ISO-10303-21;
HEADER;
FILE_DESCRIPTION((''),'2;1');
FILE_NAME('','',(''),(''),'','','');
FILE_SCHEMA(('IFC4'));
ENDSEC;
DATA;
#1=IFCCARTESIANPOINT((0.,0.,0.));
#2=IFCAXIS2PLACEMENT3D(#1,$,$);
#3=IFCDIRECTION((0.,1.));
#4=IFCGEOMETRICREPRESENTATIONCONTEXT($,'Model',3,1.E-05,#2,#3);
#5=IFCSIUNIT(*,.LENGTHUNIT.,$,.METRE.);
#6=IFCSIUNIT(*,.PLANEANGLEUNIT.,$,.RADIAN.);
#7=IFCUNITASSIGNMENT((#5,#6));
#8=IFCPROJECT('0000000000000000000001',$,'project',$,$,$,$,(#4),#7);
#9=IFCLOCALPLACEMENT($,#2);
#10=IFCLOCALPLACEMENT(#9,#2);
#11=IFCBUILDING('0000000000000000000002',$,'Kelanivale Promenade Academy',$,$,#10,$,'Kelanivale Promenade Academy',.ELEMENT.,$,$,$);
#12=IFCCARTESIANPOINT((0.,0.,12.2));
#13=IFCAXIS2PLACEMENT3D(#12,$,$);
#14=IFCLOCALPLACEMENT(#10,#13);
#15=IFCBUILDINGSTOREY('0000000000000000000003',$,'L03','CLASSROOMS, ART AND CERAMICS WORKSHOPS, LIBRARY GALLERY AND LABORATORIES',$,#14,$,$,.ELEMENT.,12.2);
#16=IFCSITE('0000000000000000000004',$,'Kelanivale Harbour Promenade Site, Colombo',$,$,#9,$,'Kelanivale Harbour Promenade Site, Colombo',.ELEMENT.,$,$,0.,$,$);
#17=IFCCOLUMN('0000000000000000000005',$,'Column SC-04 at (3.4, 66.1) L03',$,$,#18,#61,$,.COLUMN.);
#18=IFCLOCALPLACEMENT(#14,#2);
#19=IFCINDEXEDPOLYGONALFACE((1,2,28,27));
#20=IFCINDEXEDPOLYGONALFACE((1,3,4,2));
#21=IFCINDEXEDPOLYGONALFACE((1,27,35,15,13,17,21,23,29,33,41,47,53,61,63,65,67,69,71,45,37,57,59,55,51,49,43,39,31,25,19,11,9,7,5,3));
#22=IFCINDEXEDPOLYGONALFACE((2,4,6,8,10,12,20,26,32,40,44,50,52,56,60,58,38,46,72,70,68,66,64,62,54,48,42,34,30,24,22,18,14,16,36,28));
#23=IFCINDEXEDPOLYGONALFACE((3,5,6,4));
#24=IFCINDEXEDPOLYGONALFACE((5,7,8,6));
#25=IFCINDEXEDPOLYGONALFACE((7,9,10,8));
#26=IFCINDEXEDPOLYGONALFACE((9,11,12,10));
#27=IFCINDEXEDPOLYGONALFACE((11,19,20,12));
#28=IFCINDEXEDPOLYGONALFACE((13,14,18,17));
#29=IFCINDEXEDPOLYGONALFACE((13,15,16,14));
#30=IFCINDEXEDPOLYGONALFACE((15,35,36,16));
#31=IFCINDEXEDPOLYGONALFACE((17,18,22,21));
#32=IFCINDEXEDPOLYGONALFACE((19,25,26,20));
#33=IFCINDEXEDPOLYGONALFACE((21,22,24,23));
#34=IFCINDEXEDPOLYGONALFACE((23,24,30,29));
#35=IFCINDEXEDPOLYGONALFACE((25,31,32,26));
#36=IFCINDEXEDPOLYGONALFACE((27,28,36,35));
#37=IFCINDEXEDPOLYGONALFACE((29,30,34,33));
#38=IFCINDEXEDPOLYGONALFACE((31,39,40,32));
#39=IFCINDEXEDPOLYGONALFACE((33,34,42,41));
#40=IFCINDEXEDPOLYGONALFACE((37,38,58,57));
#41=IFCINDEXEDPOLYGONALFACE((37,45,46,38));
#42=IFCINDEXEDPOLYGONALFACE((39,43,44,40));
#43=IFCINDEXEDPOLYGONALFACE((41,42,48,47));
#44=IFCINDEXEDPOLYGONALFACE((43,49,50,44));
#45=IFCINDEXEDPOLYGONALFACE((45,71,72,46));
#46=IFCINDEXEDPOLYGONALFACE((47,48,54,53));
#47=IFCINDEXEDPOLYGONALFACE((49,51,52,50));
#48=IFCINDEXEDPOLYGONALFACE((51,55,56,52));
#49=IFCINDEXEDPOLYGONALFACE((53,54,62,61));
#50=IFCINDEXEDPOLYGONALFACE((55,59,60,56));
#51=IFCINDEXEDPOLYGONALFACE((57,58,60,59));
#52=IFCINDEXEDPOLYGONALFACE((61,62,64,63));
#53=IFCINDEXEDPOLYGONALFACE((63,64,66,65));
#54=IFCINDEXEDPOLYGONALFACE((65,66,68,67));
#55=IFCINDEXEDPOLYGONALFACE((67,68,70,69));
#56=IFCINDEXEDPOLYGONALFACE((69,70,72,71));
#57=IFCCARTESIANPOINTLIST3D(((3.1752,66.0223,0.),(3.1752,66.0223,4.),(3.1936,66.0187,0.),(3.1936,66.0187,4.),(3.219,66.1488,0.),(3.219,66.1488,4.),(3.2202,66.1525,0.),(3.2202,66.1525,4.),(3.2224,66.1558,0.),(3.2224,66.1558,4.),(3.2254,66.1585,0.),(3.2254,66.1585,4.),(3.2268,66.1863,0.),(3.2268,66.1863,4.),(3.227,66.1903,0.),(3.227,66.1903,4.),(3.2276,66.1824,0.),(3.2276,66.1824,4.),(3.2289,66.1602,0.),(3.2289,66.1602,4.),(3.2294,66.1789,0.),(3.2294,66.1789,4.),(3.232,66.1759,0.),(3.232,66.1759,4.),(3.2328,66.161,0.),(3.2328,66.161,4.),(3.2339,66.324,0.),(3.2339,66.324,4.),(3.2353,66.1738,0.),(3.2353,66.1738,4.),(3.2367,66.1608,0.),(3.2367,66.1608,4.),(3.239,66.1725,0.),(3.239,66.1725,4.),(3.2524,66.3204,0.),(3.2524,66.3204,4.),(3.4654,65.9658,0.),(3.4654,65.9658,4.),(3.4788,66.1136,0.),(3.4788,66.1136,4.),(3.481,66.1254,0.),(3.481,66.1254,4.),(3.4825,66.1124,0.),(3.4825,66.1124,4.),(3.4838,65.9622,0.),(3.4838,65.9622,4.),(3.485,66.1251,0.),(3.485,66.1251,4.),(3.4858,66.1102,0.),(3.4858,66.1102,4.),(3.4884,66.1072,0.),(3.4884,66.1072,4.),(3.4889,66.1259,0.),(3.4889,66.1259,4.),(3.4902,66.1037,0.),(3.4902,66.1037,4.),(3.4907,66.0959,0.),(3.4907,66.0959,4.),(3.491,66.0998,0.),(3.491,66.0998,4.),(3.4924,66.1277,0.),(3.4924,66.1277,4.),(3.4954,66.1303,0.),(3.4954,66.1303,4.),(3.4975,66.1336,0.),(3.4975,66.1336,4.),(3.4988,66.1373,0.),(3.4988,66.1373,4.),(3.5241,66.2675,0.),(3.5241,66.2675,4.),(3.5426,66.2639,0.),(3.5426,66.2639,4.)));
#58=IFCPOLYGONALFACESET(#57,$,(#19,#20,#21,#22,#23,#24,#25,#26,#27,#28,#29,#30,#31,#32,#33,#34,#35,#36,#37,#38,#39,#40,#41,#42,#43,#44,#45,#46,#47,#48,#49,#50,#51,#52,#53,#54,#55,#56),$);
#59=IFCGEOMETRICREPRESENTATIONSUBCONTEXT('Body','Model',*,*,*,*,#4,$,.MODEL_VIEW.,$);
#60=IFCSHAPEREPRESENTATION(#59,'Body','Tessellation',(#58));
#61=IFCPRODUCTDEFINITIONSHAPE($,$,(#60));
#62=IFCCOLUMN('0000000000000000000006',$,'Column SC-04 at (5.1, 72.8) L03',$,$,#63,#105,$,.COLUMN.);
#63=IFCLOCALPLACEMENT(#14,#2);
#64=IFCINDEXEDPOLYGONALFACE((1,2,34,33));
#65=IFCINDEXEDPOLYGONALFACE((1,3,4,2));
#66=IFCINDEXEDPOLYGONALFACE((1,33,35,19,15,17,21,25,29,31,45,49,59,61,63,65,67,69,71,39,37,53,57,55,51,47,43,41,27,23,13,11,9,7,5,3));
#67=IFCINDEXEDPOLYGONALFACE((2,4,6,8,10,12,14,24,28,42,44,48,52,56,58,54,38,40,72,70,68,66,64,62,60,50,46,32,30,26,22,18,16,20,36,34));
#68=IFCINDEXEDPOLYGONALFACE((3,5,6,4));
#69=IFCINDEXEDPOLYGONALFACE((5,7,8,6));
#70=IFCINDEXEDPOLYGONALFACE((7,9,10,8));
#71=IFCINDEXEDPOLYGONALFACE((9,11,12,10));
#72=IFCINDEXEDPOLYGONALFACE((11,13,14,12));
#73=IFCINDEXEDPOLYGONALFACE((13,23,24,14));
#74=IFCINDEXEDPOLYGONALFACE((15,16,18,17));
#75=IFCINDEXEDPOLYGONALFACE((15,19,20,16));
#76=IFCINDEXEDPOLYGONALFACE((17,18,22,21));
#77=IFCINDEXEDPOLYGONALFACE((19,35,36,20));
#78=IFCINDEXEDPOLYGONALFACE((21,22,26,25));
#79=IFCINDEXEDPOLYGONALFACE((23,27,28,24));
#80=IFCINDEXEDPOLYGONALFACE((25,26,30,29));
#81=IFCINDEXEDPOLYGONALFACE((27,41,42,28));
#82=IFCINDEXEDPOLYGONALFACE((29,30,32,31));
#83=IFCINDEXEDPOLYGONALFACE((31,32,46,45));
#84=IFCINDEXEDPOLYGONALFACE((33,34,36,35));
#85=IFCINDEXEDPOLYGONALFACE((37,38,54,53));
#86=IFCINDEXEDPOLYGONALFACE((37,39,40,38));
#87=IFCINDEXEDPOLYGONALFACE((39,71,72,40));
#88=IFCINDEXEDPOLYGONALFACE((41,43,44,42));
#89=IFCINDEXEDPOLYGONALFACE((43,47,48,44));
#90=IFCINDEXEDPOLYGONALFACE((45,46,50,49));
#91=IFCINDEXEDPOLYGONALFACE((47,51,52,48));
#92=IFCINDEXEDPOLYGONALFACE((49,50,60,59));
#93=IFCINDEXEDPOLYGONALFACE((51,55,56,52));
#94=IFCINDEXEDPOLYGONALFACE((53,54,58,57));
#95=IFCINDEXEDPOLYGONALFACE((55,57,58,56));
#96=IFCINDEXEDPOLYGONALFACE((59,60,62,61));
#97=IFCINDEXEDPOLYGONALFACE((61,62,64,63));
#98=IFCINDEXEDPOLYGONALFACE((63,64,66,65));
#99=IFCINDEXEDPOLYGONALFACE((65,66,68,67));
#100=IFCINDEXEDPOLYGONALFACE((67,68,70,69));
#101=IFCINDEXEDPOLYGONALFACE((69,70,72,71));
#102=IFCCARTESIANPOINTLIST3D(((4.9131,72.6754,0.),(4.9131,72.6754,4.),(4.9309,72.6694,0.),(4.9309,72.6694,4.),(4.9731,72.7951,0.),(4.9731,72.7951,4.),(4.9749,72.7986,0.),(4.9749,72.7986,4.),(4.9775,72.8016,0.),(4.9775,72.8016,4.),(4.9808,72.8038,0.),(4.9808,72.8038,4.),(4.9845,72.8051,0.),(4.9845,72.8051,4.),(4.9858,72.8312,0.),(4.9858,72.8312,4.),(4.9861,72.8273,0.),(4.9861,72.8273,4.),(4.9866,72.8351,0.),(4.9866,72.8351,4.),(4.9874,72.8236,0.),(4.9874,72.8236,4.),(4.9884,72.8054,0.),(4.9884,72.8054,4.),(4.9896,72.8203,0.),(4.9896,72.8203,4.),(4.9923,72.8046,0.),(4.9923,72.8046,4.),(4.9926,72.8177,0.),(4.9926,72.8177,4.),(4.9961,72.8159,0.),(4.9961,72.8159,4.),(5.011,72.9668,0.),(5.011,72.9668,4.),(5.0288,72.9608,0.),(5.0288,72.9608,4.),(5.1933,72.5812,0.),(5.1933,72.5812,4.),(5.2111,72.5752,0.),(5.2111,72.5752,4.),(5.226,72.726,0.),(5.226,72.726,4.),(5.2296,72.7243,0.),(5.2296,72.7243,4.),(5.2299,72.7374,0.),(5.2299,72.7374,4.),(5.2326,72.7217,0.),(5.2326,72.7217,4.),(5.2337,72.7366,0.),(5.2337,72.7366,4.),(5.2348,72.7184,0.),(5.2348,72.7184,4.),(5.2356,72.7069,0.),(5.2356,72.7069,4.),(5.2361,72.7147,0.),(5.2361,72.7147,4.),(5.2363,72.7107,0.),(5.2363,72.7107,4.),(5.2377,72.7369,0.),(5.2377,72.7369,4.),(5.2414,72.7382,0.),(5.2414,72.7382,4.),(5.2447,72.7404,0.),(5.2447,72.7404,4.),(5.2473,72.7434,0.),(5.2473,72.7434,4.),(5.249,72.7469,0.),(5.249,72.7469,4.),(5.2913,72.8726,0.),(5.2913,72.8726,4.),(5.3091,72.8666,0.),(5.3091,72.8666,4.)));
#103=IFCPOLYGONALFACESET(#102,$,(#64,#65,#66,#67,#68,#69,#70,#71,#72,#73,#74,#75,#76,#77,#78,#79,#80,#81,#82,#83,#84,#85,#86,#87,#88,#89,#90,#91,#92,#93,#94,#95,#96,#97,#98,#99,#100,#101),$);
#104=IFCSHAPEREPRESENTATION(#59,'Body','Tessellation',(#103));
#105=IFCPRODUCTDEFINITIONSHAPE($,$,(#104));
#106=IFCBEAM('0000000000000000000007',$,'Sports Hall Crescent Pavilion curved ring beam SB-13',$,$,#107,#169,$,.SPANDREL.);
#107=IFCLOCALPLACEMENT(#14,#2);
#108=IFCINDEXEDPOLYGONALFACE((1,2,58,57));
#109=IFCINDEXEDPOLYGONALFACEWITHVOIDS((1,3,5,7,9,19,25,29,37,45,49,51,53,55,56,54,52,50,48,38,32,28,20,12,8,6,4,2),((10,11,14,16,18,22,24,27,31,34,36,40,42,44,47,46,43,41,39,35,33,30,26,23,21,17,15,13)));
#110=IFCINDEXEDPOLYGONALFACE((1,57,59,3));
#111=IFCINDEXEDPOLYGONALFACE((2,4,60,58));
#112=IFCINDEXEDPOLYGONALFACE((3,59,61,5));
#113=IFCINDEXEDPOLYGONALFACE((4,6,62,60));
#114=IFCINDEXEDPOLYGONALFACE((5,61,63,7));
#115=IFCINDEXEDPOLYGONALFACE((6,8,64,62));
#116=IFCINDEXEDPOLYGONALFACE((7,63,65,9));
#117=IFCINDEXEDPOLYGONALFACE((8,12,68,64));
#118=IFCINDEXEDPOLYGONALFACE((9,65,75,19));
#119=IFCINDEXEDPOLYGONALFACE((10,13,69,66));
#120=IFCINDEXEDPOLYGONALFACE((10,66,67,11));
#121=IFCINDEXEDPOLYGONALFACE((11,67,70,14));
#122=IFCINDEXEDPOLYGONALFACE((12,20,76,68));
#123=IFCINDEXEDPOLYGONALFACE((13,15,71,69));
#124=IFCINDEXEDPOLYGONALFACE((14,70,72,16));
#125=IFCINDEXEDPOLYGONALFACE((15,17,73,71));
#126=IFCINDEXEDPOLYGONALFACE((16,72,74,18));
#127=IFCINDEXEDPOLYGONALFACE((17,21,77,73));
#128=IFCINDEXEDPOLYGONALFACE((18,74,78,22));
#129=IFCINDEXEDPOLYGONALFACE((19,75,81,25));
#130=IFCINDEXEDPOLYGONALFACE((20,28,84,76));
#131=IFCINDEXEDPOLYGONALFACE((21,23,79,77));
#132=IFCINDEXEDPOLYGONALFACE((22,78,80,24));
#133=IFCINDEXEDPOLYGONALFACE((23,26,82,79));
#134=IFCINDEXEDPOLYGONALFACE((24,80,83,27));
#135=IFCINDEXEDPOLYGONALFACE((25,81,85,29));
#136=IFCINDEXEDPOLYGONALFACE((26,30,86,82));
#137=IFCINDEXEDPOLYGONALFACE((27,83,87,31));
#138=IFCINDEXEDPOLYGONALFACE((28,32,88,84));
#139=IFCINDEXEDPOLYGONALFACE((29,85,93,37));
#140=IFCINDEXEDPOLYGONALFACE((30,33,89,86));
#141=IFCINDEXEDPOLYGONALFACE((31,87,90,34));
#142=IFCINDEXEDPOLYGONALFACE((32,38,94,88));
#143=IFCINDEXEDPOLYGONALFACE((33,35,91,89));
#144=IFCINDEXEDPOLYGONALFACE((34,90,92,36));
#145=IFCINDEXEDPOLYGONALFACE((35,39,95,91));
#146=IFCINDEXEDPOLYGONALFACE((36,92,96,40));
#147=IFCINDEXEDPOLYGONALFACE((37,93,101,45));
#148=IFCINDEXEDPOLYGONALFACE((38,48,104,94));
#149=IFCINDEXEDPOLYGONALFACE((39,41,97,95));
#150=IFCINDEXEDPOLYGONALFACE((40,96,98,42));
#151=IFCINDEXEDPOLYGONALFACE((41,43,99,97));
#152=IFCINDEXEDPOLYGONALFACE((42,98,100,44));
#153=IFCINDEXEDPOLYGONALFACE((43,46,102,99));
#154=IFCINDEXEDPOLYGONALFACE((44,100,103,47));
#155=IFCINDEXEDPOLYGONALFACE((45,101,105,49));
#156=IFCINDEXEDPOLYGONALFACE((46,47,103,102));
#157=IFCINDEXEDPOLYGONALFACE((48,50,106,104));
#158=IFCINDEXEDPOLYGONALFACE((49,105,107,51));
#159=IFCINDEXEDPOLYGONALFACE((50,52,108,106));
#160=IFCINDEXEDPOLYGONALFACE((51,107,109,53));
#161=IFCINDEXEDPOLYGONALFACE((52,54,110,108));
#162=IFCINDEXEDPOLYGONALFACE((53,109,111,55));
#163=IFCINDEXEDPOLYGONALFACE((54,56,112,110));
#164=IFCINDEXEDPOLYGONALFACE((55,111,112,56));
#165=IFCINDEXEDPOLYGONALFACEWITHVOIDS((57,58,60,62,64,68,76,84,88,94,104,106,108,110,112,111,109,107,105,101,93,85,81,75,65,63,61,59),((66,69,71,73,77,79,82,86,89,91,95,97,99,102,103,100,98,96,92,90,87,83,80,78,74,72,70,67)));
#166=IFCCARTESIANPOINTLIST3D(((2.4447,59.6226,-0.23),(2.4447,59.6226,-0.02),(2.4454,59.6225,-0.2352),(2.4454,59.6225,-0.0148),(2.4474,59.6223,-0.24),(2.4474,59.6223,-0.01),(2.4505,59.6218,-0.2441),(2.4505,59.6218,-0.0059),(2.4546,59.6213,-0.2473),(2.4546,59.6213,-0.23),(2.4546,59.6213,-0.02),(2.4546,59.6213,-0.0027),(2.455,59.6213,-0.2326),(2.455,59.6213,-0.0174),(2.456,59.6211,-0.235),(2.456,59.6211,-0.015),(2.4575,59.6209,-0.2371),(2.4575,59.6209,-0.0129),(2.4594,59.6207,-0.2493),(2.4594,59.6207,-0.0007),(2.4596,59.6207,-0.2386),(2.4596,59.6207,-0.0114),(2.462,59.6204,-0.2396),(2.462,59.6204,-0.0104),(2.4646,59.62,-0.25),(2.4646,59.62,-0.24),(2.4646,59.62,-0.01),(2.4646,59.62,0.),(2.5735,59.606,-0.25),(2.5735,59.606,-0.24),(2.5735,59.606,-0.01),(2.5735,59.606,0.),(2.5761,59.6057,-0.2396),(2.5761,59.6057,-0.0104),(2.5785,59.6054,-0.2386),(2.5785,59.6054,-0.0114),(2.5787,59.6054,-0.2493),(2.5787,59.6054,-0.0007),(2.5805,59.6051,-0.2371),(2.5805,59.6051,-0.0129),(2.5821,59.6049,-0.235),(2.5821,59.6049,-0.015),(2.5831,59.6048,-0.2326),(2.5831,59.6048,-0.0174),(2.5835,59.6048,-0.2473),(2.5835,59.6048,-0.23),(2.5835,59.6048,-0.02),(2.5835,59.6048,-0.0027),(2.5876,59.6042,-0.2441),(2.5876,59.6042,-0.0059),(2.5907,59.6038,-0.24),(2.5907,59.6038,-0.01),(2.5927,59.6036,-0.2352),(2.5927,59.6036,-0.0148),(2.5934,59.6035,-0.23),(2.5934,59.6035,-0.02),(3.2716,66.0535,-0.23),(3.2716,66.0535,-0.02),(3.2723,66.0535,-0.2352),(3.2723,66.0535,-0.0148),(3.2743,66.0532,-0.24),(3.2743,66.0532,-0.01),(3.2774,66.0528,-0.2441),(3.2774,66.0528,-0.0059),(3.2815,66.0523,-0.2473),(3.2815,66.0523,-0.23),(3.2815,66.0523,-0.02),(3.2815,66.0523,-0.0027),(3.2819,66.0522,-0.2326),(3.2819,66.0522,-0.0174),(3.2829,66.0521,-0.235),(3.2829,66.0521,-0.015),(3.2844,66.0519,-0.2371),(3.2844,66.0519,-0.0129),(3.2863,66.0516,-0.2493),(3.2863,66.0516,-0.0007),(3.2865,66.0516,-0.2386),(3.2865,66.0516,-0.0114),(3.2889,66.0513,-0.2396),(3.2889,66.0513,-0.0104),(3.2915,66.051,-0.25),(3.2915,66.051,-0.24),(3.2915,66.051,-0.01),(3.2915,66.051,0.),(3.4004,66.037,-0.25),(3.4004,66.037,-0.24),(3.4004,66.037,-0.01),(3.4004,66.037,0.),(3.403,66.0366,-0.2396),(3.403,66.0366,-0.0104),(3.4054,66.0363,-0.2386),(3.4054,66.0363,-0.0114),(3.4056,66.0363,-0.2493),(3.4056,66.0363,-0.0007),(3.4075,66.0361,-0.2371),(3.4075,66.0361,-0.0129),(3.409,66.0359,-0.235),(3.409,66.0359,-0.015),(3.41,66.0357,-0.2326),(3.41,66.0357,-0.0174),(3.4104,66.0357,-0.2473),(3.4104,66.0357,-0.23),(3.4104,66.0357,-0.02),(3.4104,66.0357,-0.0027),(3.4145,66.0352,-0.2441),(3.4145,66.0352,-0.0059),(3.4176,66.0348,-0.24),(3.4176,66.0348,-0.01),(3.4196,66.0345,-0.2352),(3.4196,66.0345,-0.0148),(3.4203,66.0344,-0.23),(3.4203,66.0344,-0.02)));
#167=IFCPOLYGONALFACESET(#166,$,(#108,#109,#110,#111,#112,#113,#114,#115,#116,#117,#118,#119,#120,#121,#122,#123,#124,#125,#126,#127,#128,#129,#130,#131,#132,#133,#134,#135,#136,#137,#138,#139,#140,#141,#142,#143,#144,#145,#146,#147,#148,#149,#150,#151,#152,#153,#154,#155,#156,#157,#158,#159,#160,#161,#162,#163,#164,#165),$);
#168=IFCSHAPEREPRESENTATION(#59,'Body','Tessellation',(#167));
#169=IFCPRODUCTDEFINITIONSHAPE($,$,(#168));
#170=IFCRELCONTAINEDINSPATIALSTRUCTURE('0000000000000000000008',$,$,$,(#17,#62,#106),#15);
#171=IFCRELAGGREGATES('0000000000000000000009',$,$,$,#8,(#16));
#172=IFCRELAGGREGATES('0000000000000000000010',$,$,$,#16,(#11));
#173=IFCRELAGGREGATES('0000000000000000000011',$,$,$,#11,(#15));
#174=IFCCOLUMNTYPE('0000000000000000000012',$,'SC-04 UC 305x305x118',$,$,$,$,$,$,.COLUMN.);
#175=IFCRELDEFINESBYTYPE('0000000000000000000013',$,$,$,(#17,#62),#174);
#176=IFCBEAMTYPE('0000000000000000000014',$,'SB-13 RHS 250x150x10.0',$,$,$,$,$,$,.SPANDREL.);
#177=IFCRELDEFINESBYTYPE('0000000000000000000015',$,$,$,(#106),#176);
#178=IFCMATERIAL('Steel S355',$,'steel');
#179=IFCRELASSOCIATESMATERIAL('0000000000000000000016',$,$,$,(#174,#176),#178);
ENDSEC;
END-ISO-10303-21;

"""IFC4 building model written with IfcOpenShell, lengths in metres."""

from ifc_helpers import new_model, si_unit, direction, frame, origin, origin_2d, place, context, subcontext, project, spatial, hollow_rectangle, i_section, extrude, material, material_profile, profile_set, type_object, element, save


model = new_model("IFC4")

# Units and contexts
model_context = context("Model", 3, precision=1e-05, world=origin(), true_north=direction((0.0, 1.0)))
body_context = subcontext(model_context, "Body", "Model", "MODEL_VIEW")
ifc_project = project(units=[si_unit("LENGTHUNIT", "METRE"), si_unit("PLANEANGLEUNIT", "RADIAN")], contexts=[model_context])

# Site, building, storey
site_placement = place(None, origin())
site = spatial("IfcSite", under=ifc_project, at=site_placement, Name="Kelanivale Harbour Promenade Site, Colombo", LongName="Kelanivale Harbour Promenade Site, Colombo", CompositionType="ELEMENT", RefElevation=0.0)
building_placement = place(site_placement, origin())
building = spatial("IfcBuilding", under=site, at=building_placement, Name="Kelanivale Promenade Academy", LongName="Kelanivale Promenade Academy", CompositionType="ELEMENT")
storey_placement = place(building_placement, frame((0.0, 0.0, 12.2)))
storey = spatial("IfcBuildingStorey", under=building, at=storey_placement, Name="L03", Description="CLASSROOMS, ART AND CERAMICS WORKSHOPS, LIBRARY GALLERY AND LABORATORIES", CompositionType="ELEMENT", Elevation=12.2)

# Columns
ifc_material_1 = material(Name="Steel S355", Category="steel")
ifc_material_profile_1 = material_profile(ifc_material_1, i_section(OverallWidth=0.3074, OverallDepth=0.3145, WebThickness=0.012, FlangeThickness=0.0188, FilletRadius=0.0151, at=origin_2d()), Name="UC 305x305x118")
ifc_profile_set_1 = profile_set([ifc_material_profile_1], Name="Steel S355")
column_type_1 = type_object("IfcColumnType", Name="SC-04 UC 305x305x118", PredefinedType="COLUMN", material=ifc_profile_set_1)
for number, where, z_axis, x_axis, name in (
    (1, (3.3589, 66.1431, 0.0), (0.0, 0.0, 1.0), (0.191152, 0.981561, 0.0), "Column SC-04 at (3.4, 66.1) L03"),
    (2, (5.1111, 72.771, 0.0), (0.0, 0.0, 1.0), (0.318628, 0.94788, 0.0), "Column SC-04 at (5.1, 72.8) L03"),
):
    element("IfcColumn", number, at=place(storey_placement, frame(where, z_axis=z_axis, x_axis=x_axis)), inside=storey, type_object=column_type_1, Name=name, PredefinedType="COLUMN", context=body_context, shape_type="SweptSolid", body=[
        extrude(i_section(OverallWidth=0.3074, OverallDepth=0.3145, WebThickness=0.012, FlangeThickness=0.0188, FilletRadius=0.0151, at=origin_2d()), origin(), (0.0, 0.0, 1.0), 4.0),
    ])

# Beam
ifc_material_profile_2 = material_profile(ifc_material_1, hollow_rectangle(XDim=0.1499, YDim=0.25, WallThickness=0.01, InnerFilletRadius=0.01, OuterFilletRadius=0.02, at=origin_2d()), Name="RHS 250x150x10.0")
ifc_profile_set_2 = profile_set([ifc_material_profile_2], Name="Steel S355")
beam_type = type_object("IfcBeamType", Name="SB-13 RHS 250x150x10.0", PredefinedType="SPANDREL", material=ifc_profile_set_2)
beam_1_placement = place(storey_placement, frame((2.519, 59.613, -0.125), z_axis=(0.127533, 0.991834, 0.0), x_axis=(-0.991834, 0.127533, 0.0)))
element("IfcBeam", 3, at=beam_1_placement, inside=storey, type_object=beam_type, Name="Sports Hall Crescent Pavilion curved ring beam SB-13", PredefinedType="SPANDREL", context=body_context, shape_type="SweptSolid", body=[
    extrude(hollow_rectangle(XDim=0.1499, YDim=0.25, WallThickness=0.01, InnerFilletRadius=0.01, OuterFilletRadius=0.02, at=origin_2d()), origin(), (0.0, 0.0, 1.0), 6.4839),
])

save(model, "model.ifc")
